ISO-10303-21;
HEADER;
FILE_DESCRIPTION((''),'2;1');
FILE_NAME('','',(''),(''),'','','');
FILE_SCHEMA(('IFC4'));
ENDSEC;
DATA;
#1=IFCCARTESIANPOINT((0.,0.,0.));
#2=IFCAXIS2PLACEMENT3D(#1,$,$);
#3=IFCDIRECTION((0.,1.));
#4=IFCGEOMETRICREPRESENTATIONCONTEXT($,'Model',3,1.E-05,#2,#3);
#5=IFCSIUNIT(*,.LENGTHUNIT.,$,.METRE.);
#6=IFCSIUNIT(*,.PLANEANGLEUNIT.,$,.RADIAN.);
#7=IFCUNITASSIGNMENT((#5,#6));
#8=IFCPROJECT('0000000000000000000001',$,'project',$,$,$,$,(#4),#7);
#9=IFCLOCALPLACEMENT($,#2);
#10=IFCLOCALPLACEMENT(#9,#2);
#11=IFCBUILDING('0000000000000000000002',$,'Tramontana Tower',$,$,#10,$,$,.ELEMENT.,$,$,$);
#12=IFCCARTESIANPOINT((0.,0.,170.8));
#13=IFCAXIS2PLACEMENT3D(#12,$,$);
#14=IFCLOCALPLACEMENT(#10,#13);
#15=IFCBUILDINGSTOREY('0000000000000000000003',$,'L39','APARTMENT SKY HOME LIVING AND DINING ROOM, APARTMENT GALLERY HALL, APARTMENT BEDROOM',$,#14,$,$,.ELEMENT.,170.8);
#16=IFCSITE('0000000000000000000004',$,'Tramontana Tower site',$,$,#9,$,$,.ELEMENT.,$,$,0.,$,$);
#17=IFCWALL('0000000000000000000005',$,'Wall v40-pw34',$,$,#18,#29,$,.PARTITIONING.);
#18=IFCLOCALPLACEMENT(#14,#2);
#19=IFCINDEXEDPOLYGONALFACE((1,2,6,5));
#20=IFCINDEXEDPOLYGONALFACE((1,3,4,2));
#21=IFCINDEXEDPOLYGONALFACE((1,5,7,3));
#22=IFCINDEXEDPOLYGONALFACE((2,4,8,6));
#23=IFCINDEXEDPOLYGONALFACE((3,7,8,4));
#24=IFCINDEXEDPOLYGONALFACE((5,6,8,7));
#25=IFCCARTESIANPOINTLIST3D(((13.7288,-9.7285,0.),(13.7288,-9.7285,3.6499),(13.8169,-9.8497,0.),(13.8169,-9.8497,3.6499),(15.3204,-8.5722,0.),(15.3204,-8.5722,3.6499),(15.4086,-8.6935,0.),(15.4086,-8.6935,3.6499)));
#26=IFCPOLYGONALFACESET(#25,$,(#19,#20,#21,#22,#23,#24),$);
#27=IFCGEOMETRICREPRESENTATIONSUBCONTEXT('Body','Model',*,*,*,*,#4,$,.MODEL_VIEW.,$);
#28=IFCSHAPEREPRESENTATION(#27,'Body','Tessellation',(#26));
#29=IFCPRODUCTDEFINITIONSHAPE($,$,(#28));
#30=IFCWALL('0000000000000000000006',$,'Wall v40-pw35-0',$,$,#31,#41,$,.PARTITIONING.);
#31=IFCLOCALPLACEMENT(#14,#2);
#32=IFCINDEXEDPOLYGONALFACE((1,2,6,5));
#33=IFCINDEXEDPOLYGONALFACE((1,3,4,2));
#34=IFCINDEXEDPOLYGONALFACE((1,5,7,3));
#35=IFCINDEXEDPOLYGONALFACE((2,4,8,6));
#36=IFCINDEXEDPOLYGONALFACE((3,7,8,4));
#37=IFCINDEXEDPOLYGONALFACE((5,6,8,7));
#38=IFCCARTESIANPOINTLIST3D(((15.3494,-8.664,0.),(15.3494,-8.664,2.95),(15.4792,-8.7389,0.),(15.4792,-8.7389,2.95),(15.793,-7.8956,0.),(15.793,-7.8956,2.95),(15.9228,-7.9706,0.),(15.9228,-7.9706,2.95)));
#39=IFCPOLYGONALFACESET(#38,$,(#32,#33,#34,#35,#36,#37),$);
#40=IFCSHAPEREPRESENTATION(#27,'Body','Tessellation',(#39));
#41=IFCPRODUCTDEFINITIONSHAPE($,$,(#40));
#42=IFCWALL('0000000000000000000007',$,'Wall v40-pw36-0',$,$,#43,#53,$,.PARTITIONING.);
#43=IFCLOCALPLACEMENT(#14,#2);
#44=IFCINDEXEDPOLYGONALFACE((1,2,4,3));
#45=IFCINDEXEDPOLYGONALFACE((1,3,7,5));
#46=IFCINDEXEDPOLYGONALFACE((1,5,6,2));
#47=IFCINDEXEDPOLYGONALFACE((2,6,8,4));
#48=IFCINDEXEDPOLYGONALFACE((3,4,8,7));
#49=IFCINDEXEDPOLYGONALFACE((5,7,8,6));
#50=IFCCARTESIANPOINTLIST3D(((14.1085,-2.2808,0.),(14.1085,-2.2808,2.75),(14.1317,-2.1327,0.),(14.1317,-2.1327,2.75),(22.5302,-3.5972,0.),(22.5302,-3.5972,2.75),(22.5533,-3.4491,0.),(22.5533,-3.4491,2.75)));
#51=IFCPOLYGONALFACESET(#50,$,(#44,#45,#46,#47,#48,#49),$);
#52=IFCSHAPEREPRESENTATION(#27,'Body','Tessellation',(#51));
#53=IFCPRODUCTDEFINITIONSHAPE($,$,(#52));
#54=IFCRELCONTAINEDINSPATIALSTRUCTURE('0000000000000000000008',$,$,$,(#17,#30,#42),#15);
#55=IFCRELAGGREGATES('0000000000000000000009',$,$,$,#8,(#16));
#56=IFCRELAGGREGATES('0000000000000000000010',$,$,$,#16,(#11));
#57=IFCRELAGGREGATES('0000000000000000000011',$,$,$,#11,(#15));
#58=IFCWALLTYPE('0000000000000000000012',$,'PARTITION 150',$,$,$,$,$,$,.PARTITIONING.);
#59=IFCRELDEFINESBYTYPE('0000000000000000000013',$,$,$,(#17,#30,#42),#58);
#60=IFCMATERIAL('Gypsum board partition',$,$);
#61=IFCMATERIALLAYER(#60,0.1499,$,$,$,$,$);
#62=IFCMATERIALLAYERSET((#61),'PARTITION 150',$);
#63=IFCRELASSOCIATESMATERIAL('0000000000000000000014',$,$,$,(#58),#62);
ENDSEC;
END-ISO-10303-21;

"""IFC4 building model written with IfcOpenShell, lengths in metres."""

from ifc_helpers import new_model, si_unit, direction, frame, frame_2d, origin, place, context, subcontext, project, spatial, rectangle, extrude, material, layer, layer_set, type_object, element, save


model = new_model("IFC4")

# Units and contexts
model_context = context("Model", 3, precision=1e-05, world=origin(), true_north=direction((0.0, 1.0)))
body_context = subcontext(model_context, "Body", "Model", "MODEL_VIEW")
ifc_project = project(units=[si_unit("LENGTHUNIT", "METRE"), si_unit("PLANEANGLEUNIT", "RADIAN")], contexts=[model_context])

# Site, building, storey
site_placement = place(None, origin())
site = spatial("IfcSite", under=ifc_project, at=site_placement, Name="Tramontana Tower site", CompositionType="ELEMENT", RefElevation=0.0)
building_placement = place(site_placement, origin())
building = spatial("IfcBuilding", under=site, at=building_placement, Name="Tramontana Tower", CompositionType="ELEMENT")
storey_placement = place(building_placement, frame((0.0, 0.0, 170.8)))
storey = spatial("IfcBuildingStorey", under=building, at=storey_placement, Name="L39", Description="APARTMENT SKY HOME LIVING AND DINING ROOM, APARTMENT GALLERY HALL, APARTMENT BEDROOM", CompositionType="ELEMENT", Elevation=170.8)

# Shared definitions
ifc_material_1 = material(Name="Gypsum board partition")
ifc_layer_1 = layer(ifc_material_1, 0.1499)
ifc_layer_set_1 = layer_set([ifc_layer_1], Name="PARTITION 150")
wall_type_1 = type_object("IfcWallType", Name="PARTITION 150", PredefinedType="PARTITIONING", material=ifc_layer_set_1)

# Walls
wall_1_placement = place(storey_placement, frame((15.3645, -8.6328, 0.0), z_axis=(0.0, 0.0, 1.0), x_axis=(-0.809037, -0.587758, 0.0)))
element("IfcWall", 1, at=wall_1_placement, inside=storey, type_object=wall_type_1, Name="Wall v40-pw34", PredefinedType="PARTITIONING", context=body_context, shape_type="SweptSolid", body=[
    extrude(rectangle(XDim=1.9673, YDim=0.1499, at=frame_2d((0.9836, 0.0))), origin(), (0.0, 0.0, 1.0), 3.6499),
])
wall_2_placement = place(storey_placement, frame((15.8579, -7.9331, 0.0), z_axis=(0.0, 0.0, 1.0), x_axis=(-0.500016, -0.866016, 0.0)))
element("IfcWall", 2, at=wall_2_placement, inside=storey, type_object=wall_type_1, Name="Wall v40-pw35-0", PredefinedType="PARTITIONING", context=body_context, shape_type="SweptSolid", body=[
    extrude(rectangle(XDim=0.8872, YDim=0.1499, at=frame_2d((0.4436, 0.0))), origin(), (0.0, 0.0, 1.0), 2.95),
])
wall_3_placement = place(storey_placement, frame((22.5417, -3.5232, 0.0), z_axis=(0.0, 0.0, 1.0), x_axis=(-0.988003, 0.154437, 0.0)))
element("IfcWall", 3, at=wall_3_placement, inside=storey, type_object=wall_type_1, Name="Wall v40-pw36-0", PredefinedType="PARTITIONING", context=body_context, shape_type="SweptSolid", body=[
    extrude(rectangle(XDim=8.5239, YDim=0.1499, at=frame_2d((4.262, 0.0))), origin(), (0.0, 0.0, 1.0), 2.75),
])

save(model, "model.ifc")
